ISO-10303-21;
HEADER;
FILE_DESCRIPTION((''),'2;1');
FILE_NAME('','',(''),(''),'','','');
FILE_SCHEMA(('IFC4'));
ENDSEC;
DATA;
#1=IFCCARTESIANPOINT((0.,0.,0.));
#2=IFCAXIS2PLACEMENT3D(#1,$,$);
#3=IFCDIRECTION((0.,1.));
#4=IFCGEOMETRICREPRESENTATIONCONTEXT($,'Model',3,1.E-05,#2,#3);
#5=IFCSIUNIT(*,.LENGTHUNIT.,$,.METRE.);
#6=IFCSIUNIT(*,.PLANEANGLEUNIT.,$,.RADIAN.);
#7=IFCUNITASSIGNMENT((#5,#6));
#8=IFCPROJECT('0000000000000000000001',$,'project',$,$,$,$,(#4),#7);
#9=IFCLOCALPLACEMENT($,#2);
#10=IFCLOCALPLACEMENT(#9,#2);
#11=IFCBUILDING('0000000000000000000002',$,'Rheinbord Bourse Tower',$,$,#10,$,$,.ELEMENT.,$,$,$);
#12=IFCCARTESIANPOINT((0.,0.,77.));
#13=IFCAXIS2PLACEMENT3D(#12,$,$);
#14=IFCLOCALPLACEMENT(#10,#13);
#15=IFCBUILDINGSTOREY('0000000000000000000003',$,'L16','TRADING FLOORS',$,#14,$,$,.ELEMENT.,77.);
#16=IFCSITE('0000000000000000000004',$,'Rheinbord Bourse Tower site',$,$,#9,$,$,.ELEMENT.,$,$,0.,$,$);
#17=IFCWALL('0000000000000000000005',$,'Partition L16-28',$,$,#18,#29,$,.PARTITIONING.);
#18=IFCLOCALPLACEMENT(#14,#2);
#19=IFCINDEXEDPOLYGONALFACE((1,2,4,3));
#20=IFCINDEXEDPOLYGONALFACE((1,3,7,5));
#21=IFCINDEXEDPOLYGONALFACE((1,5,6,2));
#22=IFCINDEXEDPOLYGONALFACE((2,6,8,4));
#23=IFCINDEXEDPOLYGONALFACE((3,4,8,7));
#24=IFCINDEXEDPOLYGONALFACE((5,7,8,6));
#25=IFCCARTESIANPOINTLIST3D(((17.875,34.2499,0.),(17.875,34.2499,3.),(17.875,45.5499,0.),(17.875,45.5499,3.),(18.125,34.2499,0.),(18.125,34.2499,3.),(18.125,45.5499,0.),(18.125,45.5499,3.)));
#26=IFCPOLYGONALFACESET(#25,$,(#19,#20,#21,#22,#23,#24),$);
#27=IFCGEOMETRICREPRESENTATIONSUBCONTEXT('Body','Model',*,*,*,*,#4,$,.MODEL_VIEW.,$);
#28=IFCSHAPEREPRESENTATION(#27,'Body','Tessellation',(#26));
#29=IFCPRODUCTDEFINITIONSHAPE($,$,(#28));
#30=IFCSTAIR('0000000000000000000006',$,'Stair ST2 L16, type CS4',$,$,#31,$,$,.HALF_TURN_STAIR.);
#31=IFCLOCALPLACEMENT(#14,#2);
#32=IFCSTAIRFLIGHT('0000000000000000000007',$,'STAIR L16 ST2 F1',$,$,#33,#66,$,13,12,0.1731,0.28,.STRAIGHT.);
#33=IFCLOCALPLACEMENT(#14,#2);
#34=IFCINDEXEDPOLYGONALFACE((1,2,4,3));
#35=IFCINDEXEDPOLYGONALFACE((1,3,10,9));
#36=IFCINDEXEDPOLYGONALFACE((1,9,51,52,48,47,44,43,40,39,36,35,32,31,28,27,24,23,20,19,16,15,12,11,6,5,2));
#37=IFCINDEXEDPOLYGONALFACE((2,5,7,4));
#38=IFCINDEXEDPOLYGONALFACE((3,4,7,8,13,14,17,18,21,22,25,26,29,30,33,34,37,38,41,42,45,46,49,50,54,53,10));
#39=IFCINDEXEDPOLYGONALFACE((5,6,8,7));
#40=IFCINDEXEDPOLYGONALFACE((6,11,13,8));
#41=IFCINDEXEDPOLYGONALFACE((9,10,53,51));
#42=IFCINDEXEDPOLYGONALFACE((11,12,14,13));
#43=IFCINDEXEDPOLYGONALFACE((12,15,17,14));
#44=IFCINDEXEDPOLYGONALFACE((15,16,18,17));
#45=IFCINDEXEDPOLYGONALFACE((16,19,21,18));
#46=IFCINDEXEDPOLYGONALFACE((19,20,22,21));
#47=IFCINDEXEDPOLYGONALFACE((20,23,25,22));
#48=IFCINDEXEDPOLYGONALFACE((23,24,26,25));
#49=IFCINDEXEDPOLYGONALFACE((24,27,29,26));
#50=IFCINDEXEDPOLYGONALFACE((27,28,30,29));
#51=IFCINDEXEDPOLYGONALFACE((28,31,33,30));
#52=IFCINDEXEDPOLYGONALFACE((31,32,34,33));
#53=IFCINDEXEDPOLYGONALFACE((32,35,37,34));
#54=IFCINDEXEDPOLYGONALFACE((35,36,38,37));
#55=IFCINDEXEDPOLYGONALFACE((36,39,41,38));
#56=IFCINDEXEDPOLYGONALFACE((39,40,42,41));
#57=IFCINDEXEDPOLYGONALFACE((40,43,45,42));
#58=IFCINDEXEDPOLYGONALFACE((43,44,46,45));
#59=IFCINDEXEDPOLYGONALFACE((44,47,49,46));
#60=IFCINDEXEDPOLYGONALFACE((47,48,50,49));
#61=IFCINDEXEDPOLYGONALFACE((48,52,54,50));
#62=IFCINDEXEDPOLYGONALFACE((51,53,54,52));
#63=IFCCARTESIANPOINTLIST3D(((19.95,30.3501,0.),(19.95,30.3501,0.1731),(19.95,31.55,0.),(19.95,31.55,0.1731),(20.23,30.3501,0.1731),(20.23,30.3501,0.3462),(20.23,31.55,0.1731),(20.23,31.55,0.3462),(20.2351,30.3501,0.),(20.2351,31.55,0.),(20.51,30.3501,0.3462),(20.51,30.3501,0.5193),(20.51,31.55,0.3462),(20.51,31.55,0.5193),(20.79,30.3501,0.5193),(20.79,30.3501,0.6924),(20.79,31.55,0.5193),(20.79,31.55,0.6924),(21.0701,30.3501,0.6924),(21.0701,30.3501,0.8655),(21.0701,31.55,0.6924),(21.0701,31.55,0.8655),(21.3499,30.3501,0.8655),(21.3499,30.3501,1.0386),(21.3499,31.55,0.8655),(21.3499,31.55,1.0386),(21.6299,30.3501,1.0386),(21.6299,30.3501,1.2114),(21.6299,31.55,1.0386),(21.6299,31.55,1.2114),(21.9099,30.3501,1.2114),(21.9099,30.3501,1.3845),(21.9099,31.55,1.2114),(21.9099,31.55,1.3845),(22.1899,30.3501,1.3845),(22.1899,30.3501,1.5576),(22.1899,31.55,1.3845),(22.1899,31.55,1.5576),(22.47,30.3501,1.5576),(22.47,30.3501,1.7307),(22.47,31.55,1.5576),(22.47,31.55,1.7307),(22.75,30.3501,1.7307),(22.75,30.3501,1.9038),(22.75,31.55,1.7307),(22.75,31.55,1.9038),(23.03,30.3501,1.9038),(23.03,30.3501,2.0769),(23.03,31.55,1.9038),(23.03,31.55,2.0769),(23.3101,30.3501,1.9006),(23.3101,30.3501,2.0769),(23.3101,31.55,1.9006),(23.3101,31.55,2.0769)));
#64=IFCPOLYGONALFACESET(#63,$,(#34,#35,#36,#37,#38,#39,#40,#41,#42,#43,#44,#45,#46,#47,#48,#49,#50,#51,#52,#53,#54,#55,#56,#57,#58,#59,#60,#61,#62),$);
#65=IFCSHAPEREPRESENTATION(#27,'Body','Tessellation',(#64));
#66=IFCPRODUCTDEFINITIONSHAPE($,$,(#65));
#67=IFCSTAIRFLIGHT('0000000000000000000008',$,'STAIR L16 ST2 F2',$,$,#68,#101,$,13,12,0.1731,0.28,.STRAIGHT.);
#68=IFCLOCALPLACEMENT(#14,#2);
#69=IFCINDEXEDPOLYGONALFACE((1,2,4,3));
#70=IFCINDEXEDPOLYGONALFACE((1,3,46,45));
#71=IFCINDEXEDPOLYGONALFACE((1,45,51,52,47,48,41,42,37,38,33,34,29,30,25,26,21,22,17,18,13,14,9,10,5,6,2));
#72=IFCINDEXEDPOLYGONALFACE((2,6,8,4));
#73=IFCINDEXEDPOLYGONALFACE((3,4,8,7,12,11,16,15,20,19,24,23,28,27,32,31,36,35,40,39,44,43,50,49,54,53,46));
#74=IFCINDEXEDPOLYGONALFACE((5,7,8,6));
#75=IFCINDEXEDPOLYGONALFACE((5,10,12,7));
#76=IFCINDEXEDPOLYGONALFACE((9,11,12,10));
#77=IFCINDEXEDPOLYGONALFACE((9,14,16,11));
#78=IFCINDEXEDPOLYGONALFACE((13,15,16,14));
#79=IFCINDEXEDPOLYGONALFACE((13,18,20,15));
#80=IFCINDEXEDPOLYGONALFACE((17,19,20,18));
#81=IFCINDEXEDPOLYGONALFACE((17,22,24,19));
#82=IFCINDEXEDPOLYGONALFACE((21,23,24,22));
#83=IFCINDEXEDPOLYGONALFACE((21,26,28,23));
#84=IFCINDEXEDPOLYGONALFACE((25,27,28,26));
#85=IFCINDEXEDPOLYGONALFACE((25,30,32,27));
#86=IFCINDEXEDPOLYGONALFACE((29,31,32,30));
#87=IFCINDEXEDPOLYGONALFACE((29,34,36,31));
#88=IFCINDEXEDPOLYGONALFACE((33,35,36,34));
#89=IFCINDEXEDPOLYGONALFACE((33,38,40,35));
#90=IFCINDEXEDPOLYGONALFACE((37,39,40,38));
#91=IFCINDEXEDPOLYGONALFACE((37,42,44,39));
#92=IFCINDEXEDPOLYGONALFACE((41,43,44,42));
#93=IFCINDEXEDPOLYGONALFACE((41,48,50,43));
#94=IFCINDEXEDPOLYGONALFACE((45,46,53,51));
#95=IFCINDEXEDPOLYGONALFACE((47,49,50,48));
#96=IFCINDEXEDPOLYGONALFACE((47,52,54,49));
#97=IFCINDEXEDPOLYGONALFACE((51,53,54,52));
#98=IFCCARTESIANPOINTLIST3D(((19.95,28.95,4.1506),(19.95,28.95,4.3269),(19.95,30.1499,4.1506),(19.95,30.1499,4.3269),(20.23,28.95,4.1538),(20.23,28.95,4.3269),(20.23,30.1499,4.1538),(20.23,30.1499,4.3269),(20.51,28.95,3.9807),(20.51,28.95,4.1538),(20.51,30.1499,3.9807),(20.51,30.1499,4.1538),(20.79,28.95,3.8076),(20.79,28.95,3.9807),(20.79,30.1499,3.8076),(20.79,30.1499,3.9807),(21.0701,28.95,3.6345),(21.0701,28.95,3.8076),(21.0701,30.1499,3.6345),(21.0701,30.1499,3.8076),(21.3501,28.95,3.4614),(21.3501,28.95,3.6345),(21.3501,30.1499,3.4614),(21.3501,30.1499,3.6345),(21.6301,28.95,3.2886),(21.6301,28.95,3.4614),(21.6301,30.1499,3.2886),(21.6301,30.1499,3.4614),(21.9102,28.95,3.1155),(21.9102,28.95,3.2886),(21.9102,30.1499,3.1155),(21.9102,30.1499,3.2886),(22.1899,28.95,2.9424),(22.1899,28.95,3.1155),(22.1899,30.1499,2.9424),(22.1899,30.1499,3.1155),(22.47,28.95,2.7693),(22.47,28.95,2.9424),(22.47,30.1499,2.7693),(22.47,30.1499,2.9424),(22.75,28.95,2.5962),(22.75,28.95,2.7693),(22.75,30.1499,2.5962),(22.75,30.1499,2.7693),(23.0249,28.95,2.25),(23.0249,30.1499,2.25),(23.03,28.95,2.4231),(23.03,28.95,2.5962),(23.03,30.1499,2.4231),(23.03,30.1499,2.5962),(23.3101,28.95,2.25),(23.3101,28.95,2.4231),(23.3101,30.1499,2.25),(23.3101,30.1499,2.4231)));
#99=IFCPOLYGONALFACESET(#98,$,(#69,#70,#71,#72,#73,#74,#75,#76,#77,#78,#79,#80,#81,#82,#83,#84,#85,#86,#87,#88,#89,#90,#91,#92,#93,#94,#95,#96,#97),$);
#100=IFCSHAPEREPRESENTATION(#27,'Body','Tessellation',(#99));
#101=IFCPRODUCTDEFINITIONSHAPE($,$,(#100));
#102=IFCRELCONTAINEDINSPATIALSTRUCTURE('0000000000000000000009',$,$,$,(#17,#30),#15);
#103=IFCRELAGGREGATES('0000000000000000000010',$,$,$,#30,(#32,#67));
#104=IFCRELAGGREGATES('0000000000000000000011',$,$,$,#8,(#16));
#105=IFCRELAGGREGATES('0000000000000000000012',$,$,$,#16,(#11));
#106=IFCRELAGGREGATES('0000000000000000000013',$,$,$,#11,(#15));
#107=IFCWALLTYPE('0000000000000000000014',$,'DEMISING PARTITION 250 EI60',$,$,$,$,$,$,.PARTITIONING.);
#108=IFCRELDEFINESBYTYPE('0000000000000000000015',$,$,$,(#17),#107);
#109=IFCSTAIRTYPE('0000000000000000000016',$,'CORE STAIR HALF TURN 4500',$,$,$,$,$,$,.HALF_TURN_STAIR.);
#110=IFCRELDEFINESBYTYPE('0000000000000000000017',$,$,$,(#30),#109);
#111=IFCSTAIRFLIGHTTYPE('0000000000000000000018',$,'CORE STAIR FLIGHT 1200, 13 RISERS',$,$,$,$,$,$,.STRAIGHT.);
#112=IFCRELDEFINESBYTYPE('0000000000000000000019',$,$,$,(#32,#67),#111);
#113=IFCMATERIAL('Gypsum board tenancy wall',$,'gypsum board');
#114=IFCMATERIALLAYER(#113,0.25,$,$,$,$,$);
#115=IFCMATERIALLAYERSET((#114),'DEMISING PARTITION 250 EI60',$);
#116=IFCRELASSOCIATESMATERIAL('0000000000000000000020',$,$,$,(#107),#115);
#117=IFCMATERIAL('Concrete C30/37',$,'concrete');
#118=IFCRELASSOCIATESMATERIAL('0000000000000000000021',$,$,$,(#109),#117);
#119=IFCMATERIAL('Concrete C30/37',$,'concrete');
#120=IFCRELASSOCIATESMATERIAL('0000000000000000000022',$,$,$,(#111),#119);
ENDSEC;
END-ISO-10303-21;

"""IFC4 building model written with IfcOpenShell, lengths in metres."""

from ifc_helpers import new_model, si_unit, direction, frame, frame_2d, origin, place, context, subcontext, project, spatial, polyline, rectangle, outline, extrude, material, layer, layer_set, type_object, element, aggregate, save


model = new_model("IFC4")

# Units and contexts
model_context = context("Model", 3, precision=1e-05, world=origin(), true_north=direction((0.0, 1.0)))
body_context = subcontext(model_context, "Body", "Model", "MODEL_VIEW")
ifc_project = project(units=[si_unit("LENGTHUNIT", "METRE"), si_unit("PLANEANGLEUNIT", "RADIAN")], contexts=[model_context])

# Site, building, storey
site_placement = place(None, origin())
site = spatial("IfcSite", under=ifc_project, at=site_placement, Name="Rheinbord Bourse Tower site", CompositionType="ELEMENT", RefElevation=0.0)
building_placement = place(site_placement, origin())
building = spatial("IfcBuilding", under=site, at=building_placement, Name="Rheinbord Bourse Tower", CompositionType="ELEMENT")
storey_placement = place(building_placement, frame((0.0, 0.0, 77.0)))
storey = spatial("IfcBuildingStorey", under=building, at=storey_placement, Name="L16", Description="TRADING FLOORS", CompositionType="ELEMENT", Elevation=77.0)

# Wall
ifc_material_1 = material(Name="Gypsum board tenancy wall", Category="gypsum board")
ifc_layer_1 = layer(ifc_material_1, 0.25)
ifc_layer_set_1 = layer_set([ifc_layer_1], Name="DEMISING PARTITION 250 EI60")
wall_type_1 = type_object("IfcWallType", Name="DEMISING PARTITION 250 EI60", PredefinedType="PARTITIONING", material=ifc_layer_set_1)
wall_1_placement = place(storey_placement, frame((18.0, 34.25, 0.0), z_axis=(0.0, 0.0, 1.0), x_axis=(0.0, 1.0, 0.0)))
element("IfcWall", 1, at=wall_1_placement, inside=storey, type_object=wall_type_1, Name="Partition L16-28", PredefinedType="PARTITIONING", context=body_context, shape_type="SweptSolid", body=[
    extrude(rectangle(XDim=11.3, YDim=0.25, at=frame_2d((5.6499, 0.0))), origin(), (0.0, 0.0, 1.0), 3.0),
])

# Stair, stair flights
ifc_material_2 = material(Name="Concrete C30/37", Category="concrete")
stair_type = type_object("IfcStairType", Name="CORE STAIR HALF TURN 4500", PredefinedType="HALF_TURN_STAIR", material=ifc_material_2)
stair_placement = place(storey_placement, origin())
stair = element("IfcStair", 2, at=stair_placement, inside=storey, type_object=stair_type, Name="Stair ST2 L16, type CS4", PredefinedType="HALF_TURN_STAIR")
ifc_material_3 = material(Name="Concrete C30/37", Category="concrete")
stair_flight_type = type_object("IfcStairFlightType", Name="CORE STAIR FLIGHT 1200, 13 RISERS", PredefinedType="STRAIGHT", material=ifc_material_3)
stair_flight_1_placement = place(storey_placement, frame((19.95, 30.95, 0.0), z_axis=(0.0, 0.0, 1.0), x_axis=(1.0, 0.0, 0.0)))
stair_flight_1 = element("IfcStairFlight", 3, at=stair_flight_1_placement, type_object=stair_flight_type, Name="STAIR L16 ST2 F1", NumberOfRisers=13, NumberOfTreads=12, PredefinedType="STRAIGHT", RiserHeight=0.1731, TreadLength=0.28, context=body_context, shape_type="SweptSolid", body=[
    extrude(outline(polyline([(0.0, 0.0), (0.0, 0.1731), (0.28, 0.1731), (0.28, 0.3462), (0.5601, 0.3462), (0.5601, 0.5193), (0.8401, 0.5193), (0.8401, 0.6924), (1.1201, 0.6924), (1.1201, 0.8655), (1.3999, 0.8655), (1.3999, 1.0386), (1.6799, 1.0386), (1.6799, 1.2114), (1.96, 1.2114), (1.96, 1.3845), (2.24, 1.3845), (2.24, 1.5576), (2.52, 1.5576), (2.52, 1.7307), (2.8, 1.7307), (2.8, 1.9038), (3.0801, 1.9038), (3.0801, 2.0769), (3.3601, 2.0769), (3.3601, 2.25), (3.3601, 1.9006), (0.2852, 0.0), (0.0, 0.0)])), frame((0.0, 0.6001, 0.0), z_axis=(0.0, -1.0, 0.0), x_axis=(1.0, 0.0, 0.0)), (0.0, 0.0, 1.0), 1.2),
])
stair_flight_2_placement = place(storey_placement, frame((23.3101, 29.55, 2.25), z_axis=(0.0, 0.0, 1.0), x_axis=(-1.0, 0.0, 0.0)))
stair_flight_2 = element("IfcStairFlight", 4, at=stair_flight_2_placement, type_object=stair_flight_type, Name="STAIR L16 ST2 F2", NumberOfRisers=13, NumberOfTreads=12, PredefinedType="STRAIGHT", RiserHeight=0.1731, TreadLength=0.28, context=body_context, shape_type="SweptSolid", body=[
    extrude(outline(polyline([(0.0, 0.0), (0.0, 0.1731), (0.28, 0.1731), (0.28, 0.3462), (0.5601, 0.3462), (0.5601, 0.5193), (0.8401, 0.5193), (0.8401, 0.6924), (1.1201, 0.6924), (1.1201, 0.8655), (1.3999, 0.8655), (1.3999, 1.0386), (1.6799, 1.0386), (1.6799, 1.2114), (1.96, 1.2114), (1.96, 1.3845), (2.24, 1.3845), (2.24, 1.5576), (2.52, 1.5576), (2.52, 1.7307), (2.8, 1.7307), (2.8, 1.9038), (3.0801, 1.9038), (3.0801, 2.0769), (3.3601, 2.0769), (3.3601, 2.25), (3.3601, 1.9006), (0.2852, 0.0), (0.0, 0.0)])), frame((0.0, 0.6001, 0.0), z_axis=(0.0, -1.0, 0.0), x_axis=(1.0, 0.0, 0.0)), (0.0, 0.0, 1.0), 1.2),
])
aggregate(stair, [stair_flight_1, stair_flight_2])

save(model, "model.ifc")
